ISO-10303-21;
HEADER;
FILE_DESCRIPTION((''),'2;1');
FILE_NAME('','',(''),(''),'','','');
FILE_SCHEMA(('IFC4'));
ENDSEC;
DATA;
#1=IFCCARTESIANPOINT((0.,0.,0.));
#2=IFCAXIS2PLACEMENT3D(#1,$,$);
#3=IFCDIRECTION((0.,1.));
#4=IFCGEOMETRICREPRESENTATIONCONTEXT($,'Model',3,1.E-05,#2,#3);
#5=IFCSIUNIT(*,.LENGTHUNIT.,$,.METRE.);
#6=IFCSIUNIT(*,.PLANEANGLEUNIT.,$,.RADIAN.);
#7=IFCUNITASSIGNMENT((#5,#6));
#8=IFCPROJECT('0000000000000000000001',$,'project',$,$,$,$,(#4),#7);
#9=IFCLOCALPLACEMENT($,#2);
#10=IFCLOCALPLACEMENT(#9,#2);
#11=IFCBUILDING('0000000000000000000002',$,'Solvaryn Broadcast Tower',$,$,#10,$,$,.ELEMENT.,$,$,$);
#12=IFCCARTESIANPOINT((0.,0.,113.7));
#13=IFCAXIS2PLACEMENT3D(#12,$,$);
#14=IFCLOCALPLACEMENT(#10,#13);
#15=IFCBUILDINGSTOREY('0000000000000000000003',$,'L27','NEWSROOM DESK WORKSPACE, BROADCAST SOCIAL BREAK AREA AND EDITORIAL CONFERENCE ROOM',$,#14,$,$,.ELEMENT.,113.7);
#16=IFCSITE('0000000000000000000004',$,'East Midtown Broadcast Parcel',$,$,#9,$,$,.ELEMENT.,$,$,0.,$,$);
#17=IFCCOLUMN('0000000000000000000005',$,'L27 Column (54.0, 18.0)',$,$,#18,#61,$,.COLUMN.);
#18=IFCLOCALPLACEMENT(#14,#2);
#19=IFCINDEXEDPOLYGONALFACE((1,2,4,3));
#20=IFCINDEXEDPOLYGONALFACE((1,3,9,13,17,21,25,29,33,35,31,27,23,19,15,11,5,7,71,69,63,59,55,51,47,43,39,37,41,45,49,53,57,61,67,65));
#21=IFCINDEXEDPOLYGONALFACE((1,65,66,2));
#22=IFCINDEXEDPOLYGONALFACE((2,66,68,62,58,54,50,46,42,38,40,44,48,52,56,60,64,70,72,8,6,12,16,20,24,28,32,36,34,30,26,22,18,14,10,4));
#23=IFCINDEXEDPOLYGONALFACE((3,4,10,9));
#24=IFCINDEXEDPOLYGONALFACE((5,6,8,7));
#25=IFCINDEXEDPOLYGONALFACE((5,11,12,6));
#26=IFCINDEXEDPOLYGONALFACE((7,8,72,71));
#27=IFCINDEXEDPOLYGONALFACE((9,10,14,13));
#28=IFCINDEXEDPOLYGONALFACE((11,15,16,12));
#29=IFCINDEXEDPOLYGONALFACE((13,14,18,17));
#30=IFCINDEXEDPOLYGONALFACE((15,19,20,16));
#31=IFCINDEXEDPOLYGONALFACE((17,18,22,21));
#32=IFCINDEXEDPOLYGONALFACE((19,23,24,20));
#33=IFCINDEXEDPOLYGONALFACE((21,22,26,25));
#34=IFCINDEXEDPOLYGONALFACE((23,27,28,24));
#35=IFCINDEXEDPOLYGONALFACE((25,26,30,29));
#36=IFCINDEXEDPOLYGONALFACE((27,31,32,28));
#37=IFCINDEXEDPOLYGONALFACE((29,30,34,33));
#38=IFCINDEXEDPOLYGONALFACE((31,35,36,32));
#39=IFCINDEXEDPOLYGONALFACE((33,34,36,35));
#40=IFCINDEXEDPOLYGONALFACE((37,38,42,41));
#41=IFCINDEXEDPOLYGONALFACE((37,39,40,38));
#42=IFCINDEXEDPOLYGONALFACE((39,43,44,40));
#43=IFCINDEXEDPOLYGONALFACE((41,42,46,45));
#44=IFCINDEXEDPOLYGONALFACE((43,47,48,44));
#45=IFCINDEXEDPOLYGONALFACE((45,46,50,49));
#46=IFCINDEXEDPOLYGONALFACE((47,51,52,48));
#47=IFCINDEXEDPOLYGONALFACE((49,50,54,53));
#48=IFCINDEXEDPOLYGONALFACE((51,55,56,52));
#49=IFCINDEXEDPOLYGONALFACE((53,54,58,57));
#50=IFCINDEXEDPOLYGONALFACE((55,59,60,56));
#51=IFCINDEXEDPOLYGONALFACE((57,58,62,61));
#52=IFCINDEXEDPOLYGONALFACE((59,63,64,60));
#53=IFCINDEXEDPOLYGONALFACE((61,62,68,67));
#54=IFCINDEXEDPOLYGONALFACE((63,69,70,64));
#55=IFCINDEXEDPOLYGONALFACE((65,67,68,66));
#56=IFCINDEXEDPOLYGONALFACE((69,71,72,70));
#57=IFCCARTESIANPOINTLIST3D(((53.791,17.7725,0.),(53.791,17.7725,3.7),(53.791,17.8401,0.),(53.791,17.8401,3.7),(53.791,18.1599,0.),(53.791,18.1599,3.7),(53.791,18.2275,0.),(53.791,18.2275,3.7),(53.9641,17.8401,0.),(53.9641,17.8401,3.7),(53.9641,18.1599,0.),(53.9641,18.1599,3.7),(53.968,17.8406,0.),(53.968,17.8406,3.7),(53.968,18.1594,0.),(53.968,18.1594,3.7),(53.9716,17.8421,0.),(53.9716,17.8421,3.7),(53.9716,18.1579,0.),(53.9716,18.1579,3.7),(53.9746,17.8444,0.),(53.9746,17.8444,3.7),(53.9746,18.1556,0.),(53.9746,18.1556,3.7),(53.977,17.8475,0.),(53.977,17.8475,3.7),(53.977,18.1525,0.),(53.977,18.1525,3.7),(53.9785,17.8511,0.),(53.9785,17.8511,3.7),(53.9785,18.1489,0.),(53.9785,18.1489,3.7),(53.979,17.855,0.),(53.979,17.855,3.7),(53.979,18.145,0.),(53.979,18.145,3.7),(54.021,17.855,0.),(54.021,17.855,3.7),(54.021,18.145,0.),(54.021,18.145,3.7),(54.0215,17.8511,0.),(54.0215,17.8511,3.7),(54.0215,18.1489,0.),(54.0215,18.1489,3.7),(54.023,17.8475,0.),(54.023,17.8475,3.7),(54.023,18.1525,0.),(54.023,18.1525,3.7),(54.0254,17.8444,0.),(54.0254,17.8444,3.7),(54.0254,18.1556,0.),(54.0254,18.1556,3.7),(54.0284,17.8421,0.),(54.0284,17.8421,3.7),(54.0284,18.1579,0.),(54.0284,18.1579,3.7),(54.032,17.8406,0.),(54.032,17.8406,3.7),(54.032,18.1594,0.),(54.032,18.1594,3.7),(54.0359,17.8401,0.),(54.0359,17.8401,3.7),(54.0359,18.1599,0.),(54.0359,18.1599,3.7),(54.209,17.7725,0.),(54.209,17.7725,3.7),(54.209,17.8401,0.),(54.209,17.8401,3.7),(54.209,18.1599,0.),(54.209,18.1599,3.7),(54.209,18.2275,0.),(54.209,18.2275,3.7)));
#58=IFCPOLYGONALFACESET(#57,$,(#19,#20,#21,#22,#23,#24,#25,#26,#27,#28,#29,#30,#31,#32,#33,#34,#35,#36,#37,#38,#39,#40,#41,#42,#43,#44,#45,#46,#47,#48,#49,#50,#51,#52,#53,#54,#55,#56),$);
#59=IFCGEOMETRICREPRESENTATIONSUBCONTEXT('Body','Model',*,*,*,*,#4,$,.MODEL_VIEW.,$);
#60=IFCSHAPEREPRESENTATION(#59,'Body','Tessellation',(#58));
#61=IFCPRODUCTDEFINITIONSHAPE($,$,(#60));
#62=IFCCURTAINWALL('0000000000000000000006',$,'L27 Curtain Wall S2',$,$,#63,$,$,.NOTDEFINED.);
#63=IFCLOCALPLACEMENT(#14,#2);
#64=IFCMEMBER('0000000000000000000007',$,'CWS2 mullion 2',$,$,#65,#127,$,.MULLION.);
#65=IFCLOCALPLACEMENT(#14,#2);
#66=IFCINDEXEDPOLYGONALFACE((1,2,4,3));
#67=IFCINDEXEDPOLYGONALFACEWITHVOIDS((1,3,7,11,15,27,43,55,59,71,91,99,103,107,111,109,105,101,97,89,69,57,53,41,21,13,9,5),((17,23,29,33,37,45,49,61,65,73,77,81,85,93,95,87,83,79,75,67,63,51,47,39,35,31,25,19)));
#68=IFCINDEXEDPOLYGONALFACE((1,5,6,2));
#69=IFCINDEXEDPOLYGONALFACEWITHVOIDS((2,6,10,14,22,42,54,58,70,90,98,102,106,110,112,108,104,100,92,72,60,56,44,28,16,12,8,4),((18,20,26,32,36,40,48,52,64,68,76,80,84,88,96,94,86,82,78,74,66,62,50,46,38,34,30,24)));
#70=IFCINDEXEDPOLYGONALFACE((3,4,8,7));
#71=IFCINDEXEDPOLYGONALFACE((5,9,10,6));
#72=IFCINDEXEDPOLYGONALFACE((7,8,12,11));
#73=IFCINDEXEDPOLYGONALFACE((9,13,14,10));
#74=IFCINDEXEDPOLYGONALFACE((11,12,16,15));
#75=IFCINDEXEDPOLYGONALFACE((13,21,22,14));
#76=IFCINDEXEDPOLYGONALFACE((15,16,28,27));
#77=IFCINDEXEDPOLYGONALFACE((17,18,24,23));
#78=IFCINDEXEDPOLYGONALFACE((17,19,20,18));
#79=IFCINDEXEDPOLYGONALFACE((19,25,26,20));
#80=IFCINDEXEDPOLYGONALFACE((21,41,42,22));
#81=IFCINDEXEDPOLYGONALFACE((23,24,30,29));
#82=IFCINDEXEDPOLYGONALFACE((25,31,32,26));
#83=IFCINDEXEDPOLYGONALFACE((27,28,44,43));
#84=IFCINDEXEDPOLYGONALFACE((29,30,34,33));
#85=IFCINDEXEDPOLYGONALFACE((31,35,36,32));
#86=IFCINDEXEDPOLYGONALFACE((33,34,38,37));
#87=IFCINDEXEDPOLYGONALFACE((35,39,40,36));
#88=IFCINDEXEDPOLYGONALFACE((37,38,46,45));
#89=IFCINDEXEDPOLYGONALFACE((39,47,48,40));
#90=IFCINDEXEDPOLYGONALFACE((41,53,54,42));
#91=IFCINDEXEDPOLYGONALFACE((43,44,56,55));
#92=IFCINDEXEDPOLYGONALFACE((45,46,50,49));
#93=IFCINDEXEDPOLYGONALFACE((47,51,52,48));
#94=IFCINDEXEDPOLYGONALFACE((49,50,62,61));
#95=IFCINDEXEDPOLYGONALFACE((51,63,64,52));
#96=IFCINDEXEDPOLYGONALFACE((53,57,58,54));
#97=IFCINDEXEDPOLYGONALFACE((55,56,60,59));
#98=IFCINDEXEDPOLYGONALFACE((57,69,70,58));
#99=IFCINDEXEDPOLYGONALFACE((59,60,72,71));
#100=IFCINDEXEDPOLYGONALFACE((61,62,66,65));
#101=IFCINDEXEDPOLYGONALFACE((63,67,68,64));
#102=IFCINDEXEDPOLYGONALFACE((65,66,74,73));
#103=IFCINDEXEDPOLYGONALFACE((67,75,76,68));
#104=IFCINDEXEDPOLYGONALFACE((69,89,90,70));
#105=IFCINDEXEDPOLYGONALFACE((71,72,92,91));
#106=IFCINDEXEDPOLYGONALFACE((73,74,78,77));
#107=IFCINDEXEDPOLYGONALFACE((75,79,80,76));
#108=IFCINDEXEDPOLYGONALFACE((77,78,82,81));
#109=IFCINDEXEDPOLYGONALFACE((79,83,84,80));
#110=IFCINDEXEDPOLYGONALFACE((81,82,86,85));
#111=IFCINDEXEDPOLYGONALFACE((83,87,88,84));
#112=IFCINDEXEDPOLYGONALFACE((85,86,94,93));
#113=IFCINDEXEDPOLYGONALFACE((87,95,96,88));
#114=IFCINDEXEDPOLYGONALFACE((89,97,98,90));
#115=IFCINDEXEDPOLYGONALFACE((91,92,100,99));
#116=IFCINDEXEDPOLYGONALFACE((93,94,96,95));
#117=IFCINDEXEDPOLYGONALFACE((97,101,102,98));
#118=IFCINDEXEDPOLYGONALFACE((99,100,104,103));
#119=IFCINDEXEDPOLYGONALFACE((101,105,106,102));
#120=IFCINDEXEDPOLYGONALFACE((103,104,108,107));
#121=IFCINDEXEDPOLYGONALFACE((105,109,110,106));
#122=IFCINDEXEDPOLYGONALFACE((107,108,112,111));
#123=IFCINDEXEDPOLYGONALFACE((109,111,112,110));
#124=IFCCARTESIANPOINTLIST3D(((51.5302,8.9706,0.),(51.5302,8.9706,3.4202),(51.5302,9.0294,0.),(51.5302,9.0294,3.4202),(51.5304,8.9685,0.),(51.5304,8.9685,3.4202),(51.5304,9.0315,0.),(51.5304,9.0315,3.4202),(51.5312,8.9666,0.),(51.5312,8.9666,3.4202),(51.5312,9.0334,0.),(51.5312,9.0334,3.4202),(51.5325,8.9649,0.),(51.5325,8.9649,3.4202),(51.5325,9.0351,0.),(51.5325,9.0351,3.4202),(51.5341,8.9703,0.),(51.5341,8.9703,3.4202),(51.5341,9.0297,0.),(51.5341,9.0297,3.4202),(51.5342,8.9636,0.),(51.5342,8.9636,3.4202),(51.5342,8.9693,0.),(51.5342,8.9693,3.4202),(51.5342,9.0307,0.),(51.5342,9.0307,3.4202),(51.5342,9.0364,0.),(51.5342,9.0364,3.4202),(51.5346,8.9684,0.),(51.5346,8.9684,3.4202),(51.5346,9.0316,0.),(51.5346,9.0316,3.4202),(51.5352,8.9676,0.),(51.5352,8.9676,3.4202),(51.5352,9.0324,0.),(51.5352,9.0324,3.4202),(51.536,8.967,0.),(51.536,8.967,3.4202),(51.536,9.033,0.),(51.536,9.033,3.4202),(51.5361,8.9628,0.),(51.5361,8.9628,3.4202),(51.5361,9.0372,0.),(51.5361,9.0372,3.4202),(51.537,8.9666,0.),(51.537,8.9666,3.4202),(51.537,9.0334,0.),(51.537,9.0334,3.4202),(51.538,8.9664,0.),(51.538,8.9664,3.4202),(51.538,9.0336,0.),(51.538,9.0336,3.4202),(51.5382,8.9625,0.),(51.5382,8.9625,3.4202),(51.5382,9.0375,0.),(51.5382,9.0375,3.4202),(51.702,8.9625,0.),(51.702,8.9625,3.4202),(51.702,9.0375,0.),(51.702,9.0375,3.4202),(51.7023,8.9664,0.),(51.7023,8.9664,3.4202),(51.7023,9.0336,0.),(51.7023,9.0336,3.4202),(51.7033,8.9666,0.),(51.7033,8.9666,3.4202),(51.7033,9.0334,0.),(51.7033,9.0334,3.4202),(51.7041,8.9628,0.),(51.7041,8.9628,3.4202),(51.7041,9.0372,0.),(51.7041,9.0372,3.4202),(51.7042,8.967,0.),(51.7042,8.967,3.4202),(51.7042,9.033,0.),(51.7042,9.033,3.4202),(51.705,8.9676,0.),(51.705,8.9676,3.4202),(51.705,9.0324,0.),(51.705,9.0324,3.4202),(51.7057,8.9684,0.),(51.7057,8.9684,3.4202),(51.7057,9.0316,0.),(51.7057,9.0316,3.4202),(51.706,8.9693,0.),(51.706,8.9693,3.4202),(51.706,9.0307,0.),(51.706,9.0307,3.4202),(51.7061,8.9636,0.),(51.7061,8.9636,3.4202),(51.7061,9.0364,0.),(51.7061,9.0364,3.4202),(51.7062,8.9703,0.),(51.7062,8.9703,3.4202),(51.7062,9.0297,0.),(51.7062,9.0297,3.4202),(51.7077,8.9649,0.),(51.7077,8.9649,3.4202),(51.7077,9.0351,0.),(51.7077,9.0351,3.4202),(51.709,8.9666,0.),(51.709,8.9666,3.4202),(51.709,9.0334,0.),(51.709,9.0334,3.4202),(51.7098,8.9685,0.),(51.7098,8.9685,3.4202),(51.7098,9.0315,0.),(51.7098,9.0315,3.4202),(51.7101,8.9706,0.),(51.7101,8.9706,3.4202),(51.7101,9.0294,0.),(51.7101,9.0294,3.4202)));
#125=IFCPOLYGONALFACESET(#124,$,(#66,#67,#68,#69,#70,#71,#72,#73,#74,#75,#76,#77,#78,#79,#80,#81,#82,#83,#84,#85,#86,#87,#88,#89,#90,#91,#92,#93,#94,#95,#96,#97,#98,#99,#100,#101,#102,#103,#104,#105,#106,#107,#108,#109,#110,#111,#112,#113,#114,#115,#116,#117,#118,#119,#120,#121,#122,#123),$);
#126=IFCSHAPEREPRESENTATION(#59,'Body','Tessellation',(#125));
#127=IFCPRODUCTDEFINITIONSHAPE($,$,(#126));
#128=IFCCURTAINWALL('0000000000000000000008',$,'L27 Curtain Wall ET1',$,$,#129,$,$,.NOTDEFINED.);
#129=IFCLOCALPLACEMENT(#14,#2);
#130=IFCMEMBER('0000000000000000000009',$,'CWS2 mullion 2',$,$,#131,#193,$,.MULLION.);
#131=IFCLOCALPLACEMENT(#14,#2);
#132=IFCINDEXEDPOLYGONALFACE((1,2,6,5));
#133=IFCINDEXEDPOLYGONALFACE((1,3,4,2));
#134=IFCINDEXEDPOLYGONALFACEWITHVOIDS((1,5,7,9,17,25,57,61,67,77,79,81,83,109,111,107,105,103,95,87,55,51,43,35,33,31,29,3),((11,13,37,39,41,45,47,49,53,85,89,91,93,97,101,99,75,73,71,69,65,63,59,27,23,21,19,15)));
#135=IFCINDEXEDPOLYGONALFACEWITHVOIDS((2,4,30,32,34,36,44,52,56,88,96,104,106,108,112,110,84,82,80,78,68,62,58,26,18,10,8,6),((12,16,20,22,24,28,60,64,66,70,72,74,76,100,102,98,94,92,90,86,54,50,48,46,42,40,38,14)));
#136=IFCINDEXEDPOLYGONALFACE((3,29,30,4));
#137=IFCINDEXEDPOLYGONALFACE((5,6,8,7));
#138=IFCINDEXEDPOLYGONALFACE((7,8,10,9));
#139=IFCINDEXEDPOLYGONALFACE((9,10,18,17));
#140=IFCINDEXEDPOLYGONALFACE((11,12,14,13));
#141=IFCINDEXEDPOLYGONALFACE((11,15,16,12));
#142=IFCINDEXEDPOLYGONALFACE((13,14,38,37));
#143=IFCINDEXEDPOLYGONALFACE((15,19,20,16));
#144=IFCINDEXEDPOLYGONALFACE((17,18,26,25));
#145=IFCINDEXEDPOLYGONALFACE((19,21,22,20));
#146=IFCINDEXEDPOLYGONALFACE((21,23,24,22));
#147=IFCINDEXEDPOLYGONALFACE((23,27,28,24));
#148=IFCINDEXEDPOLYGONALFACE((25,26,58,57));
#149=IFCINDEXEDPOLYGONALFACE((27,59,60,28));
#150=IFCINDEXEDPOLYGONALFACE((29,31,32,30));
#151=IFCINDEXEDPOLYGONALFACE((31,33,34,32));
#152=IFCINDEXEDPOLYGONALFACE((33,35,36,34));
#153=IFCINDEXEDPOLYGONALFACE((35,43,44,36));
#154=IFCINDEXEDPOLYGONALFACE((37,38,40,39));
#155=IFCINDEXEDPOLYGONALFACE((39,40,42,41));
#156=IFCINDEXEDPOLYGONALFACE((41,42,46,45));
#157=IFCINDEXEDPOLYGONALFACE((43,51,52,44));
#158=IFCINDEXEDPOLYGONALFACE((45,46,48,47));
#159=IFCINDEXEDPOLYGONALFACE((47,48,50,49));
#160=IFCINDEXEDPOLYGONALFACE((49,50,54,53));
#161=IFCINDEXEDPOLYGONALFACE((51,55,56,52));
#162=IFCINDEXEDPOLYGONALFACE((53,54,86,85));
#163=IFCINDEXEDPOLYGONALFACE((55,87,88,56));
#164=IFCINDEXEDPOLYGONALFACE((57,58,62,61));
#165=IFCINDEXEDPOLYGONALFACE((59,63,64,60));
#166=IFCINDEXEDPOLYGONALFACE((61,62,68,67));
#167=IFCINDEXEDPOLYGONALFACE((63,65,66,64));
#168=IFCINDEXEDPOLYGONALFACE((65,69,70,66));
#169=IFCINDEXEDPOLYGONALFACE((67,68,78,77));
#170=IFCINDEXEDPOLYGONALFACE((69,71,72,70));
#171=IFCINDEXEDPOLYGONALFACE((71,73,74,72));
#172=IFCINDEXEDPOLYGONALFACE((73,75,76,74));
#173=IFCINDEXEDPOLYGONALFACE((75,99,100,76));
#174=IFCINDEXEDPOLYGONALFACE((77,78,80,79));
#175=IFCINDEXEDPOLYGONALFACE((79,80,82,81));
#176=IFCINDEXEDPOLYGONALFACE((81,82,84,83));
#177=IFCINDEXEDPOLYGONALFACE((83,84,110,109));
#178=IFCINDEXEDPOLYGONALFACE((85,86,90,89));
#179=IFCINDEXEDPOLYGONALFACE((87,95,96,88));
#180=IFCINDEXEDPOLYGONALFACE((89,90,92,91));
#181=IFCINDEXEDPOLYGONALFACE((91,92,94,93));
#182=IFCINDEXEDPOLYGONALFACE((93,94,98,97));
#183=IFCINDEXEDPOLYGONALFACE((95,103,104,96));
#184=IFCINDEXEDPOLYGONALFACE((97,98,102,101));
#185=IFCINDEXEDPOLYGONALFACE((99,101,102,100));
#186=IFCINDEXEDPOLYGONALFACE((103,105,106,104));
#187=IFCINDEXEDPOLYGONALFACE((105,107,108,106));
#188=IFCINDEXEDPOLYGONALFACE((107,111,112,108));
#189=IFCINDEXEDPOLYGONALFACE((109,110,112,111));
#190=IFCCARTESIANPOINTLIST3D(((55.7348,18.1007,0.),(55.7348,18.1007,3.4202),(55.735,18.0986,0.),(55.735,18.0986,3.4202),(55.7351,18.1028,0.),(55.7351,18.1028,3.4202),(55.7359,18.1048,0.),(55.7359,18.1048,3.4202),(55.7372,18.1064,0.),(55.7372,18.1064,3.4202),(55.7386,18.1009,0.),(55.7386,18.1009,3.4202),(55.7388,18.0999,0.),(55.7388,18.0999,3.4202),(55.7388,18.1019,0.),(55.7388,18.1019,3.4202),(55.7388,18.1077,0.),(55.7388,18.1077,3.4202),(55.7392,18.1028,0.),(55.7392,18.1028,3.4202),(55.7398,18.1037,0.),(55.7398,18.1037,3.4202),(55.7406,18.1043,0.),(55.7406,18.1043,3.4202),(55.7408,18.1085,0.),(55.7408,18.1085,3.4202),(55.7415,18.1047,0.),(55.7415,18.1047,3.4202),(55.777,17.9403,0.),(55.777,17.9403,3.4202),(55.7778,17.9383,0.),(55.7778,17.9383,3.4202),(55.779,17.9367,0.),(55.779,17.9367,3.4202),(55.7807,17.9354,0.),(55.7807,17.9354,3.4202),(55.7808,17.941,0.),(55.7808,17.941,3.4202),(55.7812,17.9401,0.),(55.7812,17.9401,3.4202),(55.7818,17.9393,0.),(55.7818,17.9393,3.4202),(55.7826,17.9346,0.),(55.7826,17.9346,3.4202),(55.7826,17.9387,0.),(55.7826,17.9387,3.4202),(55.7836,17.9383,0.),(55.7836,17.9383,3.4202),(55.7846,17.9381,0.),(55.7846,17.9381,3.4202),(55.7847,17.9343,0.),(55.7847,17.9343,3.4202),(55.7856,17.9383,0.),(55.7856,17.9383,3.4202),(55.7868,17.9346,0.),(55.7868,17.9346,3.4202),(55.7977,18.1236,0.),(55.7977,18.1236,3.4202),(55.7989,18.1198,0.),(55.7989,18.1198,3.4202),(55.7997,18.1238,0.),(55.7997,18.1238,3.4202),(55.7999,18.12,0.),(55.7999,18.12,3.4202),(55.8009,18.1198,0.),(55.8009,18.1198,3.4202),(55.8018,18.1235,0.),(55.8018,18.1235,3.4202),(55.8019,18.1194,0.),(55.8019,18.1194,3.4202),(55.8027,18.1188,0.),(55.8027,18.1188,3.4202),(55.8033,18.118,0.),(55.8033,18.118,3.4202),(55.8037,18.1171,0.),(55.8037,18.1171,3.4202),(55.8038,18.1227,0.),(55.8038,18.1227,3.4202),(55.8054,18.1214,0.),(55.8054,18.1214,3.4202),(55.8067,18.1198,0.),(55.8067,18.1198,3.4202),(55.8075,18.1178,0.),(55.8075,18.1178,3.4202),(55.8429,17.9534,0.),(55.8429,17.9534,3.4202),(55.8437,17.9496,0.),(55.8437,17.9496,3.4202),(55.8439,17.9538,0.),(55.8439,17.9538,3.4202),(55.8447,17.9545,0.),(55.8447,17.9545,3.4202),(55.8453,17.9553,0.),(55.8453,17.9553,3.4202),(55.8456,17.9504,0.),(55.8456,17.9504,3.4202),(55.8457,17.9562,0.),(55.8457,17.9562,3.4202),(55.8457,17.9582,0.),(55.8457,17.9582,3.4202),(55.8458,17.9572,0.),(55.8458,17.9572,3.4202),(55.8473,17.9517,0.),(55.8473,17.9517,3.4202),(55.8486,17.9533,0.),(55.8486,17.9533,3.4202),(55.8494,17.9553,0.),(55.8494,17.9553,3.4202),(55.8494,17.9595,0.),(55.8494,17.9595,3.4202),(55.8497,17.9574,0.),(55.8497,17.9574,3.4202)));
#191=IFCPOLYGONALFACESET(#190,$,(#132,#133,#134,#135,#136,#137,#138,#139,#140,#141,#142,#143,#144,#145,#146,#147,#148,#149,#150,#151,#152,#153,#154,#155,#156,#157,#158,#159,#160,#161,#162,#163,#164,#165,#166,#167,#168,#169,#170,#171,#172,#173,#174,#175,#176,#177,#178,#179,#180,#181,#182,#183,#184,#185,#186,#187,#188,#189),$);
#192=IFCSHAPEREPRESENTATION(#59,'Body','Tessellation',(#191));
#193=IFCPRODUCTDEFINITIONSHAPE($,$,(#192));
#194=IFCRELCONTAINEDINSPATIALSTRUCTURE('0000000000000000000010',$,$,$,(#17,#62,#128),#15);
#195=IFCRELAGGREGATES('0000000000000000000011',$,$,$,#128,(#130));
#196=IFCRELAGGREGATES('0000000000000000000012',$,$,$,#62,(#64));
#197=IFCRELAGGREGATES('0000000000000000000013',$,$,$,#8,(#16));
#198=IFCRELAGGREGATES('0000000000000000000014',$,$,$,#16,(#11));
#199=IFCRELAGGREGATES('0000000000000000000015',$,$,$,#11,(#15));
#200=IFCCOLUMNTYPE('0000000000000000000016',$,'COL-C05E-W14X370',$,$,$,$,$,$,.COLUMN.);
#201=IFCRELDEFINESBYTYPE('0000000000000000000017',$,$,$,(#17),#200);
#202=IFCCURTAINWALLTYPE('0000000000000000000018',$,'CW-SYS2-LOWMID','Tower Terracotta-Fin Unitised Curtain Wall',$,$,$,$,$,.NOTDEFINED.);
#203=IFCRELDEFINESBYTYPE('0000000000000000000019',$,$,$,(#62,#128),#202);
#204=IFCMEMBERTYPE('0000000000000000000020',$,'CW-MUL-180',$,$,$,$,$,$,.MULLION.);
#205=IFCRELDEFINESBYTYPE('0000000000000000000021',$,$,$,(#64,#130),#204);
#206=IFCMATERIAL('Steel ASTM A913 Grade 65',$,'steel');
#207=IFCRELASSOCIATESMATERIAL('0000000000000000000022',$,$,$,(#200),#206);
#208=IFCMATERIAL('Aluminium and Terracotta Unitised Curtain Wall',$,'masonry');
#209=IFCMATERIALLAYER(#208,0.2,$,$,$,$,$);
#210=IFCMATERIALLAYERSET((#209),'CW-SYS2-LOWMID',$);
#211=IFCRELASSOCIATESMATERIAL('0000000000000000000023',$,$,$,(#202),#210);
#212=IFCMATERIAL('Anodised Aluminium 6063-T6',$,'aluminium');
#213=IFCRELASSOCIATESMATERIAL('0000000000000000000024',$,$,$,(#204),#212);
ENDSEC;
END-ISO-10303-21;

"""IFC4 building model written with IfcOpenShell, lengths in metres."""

from ifc_helpers import new_model, si_unit, direction, frame, origin, origin_2d, place, context, subcontext, project, spatial, hollow_rectangle, i_section, extrude, material, layer, layer_set, material_profile, profile_set, type_object, element, aggregate, save


model = new_model("IFC4")

# Units and contexts
model_context = context("Model", 3, precision=1e-05, world=origin(), true_north=direction((0.0, 1.0)))
body_context = subcontext(model_context, "Body", "Model", "MODEL_VIEW")
ifc_project = project(units=[si_unit("LENGTHUNIT", "METRE"), si_unit("PLANEANGLEUNIT", "RADIAN")], contexts=[model_context])

# Site, building, storey
site_placement = place(None, origin())
site = spatial("IfcSite", under=ifc_project, at=site_placement, Name="East Midtown Broadcast Parcel", CompositionType="ELEMENT", RefElevation=0.0)
building_placement = place(site_placement, origin())
building = spatial("IfcBuilding", under=site, at=building_placement, Name="Solvaryn Broadcast Tower", CompositionType="ELEMENT")
storey_placement = place(building_placement, frame((0.0, 0.0, 113.7)))
storey = spatial("IfcBuildingStorey", under=building, at=storey_placement, Name="L27", Description="NEWSROOM DESK WORKSPACE, BROADCAST SOCIAL BREAK AREA AND EDITORIAL CONFERENCE ROOM", CompositionType="ELEMENT", Elevation=113.7)

# Column
ifc_material_1 = material(Name="Steel ASTM A913 Grade 65", Category="steel")
ifc_material_profile_1 = material_profile(ifc_material_1, i_section(OverallWidth=0.418, OverallDepth=0.4551, WebThickness=0.042, FlangeThickness=0.0676, FilletRadius=0.0149, at=origin_2d()))
ifc_profile_set_1 = profile_set([ifc_material_profile_1], Name="Steel ASTM A913 Grade 65")
column_type = type_object("IfcColumnType", Name="COL-C05E-W14X370", PredefinedType="COLUMN", material=ifc_profile_set_1)
column_placement = place(storey_placement, frame((54.0, 18.0, 0.0), z_axis=(0.0, 0.0, 1.0), x_axis=(1.0, 0.0, 0.0)))
element("IfcColumn", 1, at=column_placement, inside=storey, type_object=column_type, Name="L27 Column (54.0, 18.0)", PredefinedType="COLUMN", context=body_context, shape_type="SweptSolid", body=[
    extrude(i_section(OverallWidth=0.418, OverallDepth=0.4551, WebThickness=0.042, FlangeThickness=0.0676, FilletRadius=0.0149, at=origin_2d()), origin(), (0.0, 0.0, 1.0), 3.7),
])

# Curtain walls, members
ifc_material_2 = material(Name="Aluminium and Terracotta Unitised Curtain Wall", Category="masonry")
ifc_layer_1 = layer(ifc_material_2, 0.2)
ifc_layer_set_1 = layer_set([ifc_layer_1], Name="CW-SYS2-LOWMID")
curtain_wall_type = type_object("IfcCurtainWallType", Name="CW-SYS2-LOWMID", Description="Tower Terracotta-Fin Unitised Curtain Wall", PredefinedType="NOTDEFINED", material=ifc_layer_set_1)
curtain_wall_1_placement = place(storey_placement, origin())
curtain_wall_1 = element("IfcCurtainWall", 2, at=curtain_wall_1_placement, inside=storey, type_object=curtain_wall_type, Name="L27 Curtain Wall S2", PredefinedType="NOTDEFINED")
ifc_material_3 = material(Name="Anodised Aluminium 6063-T6", Category="aluminium")
ifc_material_profile_2 = material_profile(ifc_material_3, hollow_rectangle(XDim=0.075, YDim=0.1799, WallThickness=0.0039, InnerFilletRadius=0.0039, OuterFilletRadius=0.0081, at=origin_2d()))
ifc_profile_set_2 = profile_set([ifc_material_profile_2], Name="Anodised Aluminium 6063-T6")
member_type_1 = type_object("IfcMemberType", Name="CW-MUL-180", PredefinedType="MULLION", material=ifc_profile_set_2)
member_1_placement = place(storey_placement, frame((51.6201, 9.0, 0.0), z_axis=(0.0, 0.0, 1.0), x_axis=(0.0, 1.0, 0.0)))
member_1 = element("IfcMember", 3, at=member_1_placement, type_object=member_type_1, Name="CWS2 mullion 2", PredefinedType="MULLION", context=body_context, shape_type="SweptSolid", body=[
    extrude(hollow_rectangle(XDim=0.075, YDim=0.1799, WallThickness=0.0039, InnerFilletRadius=0.0039, OuterFilletRadius=0.0081, at=origin_2d()), origin(), (0.0, 0.0, 1.0), 3.4202),
])
curtain_wall_2_placement = place(storey_placement, origin())
curtain_wall_2 = element("IfcCurtainWall", 4, at=curtain_wall_2_placement, inside=storey, type_object=curtain_wall_type, Name="L27 Curtain Wall ET1", PredefinedType="NOTDEFINED")
member_2_placement = place(storey_placement, frame((55.7922, 18.0291, 0.0), z_axis=(0.0, 0.0, 1.0), x_axis=(0.966705, 0.255893, 0.0)))
member_2 = element("IfcMember", 5, at=member_2_placement, type_object=member_type_1, Name="CWS2 mullion 2", PredefinedType="MULLION", context=body_context, shape_type="SweptSolid", body=[
    extrude(hollow_rectangle(XDim=0.075, YDim=0.1799, WallThickness=0.0039, InnerFilletRadius=0.0039, OuterFilletRadius=0.0081, at=origin_2d()), origin(), (0.0, 0.0, 1.0), 3.4202),
])
aggregate(curtain_wall_2, [member_2])

aggregate(curtain_wall_1, [member_1])

save(model, "model.ifc")
